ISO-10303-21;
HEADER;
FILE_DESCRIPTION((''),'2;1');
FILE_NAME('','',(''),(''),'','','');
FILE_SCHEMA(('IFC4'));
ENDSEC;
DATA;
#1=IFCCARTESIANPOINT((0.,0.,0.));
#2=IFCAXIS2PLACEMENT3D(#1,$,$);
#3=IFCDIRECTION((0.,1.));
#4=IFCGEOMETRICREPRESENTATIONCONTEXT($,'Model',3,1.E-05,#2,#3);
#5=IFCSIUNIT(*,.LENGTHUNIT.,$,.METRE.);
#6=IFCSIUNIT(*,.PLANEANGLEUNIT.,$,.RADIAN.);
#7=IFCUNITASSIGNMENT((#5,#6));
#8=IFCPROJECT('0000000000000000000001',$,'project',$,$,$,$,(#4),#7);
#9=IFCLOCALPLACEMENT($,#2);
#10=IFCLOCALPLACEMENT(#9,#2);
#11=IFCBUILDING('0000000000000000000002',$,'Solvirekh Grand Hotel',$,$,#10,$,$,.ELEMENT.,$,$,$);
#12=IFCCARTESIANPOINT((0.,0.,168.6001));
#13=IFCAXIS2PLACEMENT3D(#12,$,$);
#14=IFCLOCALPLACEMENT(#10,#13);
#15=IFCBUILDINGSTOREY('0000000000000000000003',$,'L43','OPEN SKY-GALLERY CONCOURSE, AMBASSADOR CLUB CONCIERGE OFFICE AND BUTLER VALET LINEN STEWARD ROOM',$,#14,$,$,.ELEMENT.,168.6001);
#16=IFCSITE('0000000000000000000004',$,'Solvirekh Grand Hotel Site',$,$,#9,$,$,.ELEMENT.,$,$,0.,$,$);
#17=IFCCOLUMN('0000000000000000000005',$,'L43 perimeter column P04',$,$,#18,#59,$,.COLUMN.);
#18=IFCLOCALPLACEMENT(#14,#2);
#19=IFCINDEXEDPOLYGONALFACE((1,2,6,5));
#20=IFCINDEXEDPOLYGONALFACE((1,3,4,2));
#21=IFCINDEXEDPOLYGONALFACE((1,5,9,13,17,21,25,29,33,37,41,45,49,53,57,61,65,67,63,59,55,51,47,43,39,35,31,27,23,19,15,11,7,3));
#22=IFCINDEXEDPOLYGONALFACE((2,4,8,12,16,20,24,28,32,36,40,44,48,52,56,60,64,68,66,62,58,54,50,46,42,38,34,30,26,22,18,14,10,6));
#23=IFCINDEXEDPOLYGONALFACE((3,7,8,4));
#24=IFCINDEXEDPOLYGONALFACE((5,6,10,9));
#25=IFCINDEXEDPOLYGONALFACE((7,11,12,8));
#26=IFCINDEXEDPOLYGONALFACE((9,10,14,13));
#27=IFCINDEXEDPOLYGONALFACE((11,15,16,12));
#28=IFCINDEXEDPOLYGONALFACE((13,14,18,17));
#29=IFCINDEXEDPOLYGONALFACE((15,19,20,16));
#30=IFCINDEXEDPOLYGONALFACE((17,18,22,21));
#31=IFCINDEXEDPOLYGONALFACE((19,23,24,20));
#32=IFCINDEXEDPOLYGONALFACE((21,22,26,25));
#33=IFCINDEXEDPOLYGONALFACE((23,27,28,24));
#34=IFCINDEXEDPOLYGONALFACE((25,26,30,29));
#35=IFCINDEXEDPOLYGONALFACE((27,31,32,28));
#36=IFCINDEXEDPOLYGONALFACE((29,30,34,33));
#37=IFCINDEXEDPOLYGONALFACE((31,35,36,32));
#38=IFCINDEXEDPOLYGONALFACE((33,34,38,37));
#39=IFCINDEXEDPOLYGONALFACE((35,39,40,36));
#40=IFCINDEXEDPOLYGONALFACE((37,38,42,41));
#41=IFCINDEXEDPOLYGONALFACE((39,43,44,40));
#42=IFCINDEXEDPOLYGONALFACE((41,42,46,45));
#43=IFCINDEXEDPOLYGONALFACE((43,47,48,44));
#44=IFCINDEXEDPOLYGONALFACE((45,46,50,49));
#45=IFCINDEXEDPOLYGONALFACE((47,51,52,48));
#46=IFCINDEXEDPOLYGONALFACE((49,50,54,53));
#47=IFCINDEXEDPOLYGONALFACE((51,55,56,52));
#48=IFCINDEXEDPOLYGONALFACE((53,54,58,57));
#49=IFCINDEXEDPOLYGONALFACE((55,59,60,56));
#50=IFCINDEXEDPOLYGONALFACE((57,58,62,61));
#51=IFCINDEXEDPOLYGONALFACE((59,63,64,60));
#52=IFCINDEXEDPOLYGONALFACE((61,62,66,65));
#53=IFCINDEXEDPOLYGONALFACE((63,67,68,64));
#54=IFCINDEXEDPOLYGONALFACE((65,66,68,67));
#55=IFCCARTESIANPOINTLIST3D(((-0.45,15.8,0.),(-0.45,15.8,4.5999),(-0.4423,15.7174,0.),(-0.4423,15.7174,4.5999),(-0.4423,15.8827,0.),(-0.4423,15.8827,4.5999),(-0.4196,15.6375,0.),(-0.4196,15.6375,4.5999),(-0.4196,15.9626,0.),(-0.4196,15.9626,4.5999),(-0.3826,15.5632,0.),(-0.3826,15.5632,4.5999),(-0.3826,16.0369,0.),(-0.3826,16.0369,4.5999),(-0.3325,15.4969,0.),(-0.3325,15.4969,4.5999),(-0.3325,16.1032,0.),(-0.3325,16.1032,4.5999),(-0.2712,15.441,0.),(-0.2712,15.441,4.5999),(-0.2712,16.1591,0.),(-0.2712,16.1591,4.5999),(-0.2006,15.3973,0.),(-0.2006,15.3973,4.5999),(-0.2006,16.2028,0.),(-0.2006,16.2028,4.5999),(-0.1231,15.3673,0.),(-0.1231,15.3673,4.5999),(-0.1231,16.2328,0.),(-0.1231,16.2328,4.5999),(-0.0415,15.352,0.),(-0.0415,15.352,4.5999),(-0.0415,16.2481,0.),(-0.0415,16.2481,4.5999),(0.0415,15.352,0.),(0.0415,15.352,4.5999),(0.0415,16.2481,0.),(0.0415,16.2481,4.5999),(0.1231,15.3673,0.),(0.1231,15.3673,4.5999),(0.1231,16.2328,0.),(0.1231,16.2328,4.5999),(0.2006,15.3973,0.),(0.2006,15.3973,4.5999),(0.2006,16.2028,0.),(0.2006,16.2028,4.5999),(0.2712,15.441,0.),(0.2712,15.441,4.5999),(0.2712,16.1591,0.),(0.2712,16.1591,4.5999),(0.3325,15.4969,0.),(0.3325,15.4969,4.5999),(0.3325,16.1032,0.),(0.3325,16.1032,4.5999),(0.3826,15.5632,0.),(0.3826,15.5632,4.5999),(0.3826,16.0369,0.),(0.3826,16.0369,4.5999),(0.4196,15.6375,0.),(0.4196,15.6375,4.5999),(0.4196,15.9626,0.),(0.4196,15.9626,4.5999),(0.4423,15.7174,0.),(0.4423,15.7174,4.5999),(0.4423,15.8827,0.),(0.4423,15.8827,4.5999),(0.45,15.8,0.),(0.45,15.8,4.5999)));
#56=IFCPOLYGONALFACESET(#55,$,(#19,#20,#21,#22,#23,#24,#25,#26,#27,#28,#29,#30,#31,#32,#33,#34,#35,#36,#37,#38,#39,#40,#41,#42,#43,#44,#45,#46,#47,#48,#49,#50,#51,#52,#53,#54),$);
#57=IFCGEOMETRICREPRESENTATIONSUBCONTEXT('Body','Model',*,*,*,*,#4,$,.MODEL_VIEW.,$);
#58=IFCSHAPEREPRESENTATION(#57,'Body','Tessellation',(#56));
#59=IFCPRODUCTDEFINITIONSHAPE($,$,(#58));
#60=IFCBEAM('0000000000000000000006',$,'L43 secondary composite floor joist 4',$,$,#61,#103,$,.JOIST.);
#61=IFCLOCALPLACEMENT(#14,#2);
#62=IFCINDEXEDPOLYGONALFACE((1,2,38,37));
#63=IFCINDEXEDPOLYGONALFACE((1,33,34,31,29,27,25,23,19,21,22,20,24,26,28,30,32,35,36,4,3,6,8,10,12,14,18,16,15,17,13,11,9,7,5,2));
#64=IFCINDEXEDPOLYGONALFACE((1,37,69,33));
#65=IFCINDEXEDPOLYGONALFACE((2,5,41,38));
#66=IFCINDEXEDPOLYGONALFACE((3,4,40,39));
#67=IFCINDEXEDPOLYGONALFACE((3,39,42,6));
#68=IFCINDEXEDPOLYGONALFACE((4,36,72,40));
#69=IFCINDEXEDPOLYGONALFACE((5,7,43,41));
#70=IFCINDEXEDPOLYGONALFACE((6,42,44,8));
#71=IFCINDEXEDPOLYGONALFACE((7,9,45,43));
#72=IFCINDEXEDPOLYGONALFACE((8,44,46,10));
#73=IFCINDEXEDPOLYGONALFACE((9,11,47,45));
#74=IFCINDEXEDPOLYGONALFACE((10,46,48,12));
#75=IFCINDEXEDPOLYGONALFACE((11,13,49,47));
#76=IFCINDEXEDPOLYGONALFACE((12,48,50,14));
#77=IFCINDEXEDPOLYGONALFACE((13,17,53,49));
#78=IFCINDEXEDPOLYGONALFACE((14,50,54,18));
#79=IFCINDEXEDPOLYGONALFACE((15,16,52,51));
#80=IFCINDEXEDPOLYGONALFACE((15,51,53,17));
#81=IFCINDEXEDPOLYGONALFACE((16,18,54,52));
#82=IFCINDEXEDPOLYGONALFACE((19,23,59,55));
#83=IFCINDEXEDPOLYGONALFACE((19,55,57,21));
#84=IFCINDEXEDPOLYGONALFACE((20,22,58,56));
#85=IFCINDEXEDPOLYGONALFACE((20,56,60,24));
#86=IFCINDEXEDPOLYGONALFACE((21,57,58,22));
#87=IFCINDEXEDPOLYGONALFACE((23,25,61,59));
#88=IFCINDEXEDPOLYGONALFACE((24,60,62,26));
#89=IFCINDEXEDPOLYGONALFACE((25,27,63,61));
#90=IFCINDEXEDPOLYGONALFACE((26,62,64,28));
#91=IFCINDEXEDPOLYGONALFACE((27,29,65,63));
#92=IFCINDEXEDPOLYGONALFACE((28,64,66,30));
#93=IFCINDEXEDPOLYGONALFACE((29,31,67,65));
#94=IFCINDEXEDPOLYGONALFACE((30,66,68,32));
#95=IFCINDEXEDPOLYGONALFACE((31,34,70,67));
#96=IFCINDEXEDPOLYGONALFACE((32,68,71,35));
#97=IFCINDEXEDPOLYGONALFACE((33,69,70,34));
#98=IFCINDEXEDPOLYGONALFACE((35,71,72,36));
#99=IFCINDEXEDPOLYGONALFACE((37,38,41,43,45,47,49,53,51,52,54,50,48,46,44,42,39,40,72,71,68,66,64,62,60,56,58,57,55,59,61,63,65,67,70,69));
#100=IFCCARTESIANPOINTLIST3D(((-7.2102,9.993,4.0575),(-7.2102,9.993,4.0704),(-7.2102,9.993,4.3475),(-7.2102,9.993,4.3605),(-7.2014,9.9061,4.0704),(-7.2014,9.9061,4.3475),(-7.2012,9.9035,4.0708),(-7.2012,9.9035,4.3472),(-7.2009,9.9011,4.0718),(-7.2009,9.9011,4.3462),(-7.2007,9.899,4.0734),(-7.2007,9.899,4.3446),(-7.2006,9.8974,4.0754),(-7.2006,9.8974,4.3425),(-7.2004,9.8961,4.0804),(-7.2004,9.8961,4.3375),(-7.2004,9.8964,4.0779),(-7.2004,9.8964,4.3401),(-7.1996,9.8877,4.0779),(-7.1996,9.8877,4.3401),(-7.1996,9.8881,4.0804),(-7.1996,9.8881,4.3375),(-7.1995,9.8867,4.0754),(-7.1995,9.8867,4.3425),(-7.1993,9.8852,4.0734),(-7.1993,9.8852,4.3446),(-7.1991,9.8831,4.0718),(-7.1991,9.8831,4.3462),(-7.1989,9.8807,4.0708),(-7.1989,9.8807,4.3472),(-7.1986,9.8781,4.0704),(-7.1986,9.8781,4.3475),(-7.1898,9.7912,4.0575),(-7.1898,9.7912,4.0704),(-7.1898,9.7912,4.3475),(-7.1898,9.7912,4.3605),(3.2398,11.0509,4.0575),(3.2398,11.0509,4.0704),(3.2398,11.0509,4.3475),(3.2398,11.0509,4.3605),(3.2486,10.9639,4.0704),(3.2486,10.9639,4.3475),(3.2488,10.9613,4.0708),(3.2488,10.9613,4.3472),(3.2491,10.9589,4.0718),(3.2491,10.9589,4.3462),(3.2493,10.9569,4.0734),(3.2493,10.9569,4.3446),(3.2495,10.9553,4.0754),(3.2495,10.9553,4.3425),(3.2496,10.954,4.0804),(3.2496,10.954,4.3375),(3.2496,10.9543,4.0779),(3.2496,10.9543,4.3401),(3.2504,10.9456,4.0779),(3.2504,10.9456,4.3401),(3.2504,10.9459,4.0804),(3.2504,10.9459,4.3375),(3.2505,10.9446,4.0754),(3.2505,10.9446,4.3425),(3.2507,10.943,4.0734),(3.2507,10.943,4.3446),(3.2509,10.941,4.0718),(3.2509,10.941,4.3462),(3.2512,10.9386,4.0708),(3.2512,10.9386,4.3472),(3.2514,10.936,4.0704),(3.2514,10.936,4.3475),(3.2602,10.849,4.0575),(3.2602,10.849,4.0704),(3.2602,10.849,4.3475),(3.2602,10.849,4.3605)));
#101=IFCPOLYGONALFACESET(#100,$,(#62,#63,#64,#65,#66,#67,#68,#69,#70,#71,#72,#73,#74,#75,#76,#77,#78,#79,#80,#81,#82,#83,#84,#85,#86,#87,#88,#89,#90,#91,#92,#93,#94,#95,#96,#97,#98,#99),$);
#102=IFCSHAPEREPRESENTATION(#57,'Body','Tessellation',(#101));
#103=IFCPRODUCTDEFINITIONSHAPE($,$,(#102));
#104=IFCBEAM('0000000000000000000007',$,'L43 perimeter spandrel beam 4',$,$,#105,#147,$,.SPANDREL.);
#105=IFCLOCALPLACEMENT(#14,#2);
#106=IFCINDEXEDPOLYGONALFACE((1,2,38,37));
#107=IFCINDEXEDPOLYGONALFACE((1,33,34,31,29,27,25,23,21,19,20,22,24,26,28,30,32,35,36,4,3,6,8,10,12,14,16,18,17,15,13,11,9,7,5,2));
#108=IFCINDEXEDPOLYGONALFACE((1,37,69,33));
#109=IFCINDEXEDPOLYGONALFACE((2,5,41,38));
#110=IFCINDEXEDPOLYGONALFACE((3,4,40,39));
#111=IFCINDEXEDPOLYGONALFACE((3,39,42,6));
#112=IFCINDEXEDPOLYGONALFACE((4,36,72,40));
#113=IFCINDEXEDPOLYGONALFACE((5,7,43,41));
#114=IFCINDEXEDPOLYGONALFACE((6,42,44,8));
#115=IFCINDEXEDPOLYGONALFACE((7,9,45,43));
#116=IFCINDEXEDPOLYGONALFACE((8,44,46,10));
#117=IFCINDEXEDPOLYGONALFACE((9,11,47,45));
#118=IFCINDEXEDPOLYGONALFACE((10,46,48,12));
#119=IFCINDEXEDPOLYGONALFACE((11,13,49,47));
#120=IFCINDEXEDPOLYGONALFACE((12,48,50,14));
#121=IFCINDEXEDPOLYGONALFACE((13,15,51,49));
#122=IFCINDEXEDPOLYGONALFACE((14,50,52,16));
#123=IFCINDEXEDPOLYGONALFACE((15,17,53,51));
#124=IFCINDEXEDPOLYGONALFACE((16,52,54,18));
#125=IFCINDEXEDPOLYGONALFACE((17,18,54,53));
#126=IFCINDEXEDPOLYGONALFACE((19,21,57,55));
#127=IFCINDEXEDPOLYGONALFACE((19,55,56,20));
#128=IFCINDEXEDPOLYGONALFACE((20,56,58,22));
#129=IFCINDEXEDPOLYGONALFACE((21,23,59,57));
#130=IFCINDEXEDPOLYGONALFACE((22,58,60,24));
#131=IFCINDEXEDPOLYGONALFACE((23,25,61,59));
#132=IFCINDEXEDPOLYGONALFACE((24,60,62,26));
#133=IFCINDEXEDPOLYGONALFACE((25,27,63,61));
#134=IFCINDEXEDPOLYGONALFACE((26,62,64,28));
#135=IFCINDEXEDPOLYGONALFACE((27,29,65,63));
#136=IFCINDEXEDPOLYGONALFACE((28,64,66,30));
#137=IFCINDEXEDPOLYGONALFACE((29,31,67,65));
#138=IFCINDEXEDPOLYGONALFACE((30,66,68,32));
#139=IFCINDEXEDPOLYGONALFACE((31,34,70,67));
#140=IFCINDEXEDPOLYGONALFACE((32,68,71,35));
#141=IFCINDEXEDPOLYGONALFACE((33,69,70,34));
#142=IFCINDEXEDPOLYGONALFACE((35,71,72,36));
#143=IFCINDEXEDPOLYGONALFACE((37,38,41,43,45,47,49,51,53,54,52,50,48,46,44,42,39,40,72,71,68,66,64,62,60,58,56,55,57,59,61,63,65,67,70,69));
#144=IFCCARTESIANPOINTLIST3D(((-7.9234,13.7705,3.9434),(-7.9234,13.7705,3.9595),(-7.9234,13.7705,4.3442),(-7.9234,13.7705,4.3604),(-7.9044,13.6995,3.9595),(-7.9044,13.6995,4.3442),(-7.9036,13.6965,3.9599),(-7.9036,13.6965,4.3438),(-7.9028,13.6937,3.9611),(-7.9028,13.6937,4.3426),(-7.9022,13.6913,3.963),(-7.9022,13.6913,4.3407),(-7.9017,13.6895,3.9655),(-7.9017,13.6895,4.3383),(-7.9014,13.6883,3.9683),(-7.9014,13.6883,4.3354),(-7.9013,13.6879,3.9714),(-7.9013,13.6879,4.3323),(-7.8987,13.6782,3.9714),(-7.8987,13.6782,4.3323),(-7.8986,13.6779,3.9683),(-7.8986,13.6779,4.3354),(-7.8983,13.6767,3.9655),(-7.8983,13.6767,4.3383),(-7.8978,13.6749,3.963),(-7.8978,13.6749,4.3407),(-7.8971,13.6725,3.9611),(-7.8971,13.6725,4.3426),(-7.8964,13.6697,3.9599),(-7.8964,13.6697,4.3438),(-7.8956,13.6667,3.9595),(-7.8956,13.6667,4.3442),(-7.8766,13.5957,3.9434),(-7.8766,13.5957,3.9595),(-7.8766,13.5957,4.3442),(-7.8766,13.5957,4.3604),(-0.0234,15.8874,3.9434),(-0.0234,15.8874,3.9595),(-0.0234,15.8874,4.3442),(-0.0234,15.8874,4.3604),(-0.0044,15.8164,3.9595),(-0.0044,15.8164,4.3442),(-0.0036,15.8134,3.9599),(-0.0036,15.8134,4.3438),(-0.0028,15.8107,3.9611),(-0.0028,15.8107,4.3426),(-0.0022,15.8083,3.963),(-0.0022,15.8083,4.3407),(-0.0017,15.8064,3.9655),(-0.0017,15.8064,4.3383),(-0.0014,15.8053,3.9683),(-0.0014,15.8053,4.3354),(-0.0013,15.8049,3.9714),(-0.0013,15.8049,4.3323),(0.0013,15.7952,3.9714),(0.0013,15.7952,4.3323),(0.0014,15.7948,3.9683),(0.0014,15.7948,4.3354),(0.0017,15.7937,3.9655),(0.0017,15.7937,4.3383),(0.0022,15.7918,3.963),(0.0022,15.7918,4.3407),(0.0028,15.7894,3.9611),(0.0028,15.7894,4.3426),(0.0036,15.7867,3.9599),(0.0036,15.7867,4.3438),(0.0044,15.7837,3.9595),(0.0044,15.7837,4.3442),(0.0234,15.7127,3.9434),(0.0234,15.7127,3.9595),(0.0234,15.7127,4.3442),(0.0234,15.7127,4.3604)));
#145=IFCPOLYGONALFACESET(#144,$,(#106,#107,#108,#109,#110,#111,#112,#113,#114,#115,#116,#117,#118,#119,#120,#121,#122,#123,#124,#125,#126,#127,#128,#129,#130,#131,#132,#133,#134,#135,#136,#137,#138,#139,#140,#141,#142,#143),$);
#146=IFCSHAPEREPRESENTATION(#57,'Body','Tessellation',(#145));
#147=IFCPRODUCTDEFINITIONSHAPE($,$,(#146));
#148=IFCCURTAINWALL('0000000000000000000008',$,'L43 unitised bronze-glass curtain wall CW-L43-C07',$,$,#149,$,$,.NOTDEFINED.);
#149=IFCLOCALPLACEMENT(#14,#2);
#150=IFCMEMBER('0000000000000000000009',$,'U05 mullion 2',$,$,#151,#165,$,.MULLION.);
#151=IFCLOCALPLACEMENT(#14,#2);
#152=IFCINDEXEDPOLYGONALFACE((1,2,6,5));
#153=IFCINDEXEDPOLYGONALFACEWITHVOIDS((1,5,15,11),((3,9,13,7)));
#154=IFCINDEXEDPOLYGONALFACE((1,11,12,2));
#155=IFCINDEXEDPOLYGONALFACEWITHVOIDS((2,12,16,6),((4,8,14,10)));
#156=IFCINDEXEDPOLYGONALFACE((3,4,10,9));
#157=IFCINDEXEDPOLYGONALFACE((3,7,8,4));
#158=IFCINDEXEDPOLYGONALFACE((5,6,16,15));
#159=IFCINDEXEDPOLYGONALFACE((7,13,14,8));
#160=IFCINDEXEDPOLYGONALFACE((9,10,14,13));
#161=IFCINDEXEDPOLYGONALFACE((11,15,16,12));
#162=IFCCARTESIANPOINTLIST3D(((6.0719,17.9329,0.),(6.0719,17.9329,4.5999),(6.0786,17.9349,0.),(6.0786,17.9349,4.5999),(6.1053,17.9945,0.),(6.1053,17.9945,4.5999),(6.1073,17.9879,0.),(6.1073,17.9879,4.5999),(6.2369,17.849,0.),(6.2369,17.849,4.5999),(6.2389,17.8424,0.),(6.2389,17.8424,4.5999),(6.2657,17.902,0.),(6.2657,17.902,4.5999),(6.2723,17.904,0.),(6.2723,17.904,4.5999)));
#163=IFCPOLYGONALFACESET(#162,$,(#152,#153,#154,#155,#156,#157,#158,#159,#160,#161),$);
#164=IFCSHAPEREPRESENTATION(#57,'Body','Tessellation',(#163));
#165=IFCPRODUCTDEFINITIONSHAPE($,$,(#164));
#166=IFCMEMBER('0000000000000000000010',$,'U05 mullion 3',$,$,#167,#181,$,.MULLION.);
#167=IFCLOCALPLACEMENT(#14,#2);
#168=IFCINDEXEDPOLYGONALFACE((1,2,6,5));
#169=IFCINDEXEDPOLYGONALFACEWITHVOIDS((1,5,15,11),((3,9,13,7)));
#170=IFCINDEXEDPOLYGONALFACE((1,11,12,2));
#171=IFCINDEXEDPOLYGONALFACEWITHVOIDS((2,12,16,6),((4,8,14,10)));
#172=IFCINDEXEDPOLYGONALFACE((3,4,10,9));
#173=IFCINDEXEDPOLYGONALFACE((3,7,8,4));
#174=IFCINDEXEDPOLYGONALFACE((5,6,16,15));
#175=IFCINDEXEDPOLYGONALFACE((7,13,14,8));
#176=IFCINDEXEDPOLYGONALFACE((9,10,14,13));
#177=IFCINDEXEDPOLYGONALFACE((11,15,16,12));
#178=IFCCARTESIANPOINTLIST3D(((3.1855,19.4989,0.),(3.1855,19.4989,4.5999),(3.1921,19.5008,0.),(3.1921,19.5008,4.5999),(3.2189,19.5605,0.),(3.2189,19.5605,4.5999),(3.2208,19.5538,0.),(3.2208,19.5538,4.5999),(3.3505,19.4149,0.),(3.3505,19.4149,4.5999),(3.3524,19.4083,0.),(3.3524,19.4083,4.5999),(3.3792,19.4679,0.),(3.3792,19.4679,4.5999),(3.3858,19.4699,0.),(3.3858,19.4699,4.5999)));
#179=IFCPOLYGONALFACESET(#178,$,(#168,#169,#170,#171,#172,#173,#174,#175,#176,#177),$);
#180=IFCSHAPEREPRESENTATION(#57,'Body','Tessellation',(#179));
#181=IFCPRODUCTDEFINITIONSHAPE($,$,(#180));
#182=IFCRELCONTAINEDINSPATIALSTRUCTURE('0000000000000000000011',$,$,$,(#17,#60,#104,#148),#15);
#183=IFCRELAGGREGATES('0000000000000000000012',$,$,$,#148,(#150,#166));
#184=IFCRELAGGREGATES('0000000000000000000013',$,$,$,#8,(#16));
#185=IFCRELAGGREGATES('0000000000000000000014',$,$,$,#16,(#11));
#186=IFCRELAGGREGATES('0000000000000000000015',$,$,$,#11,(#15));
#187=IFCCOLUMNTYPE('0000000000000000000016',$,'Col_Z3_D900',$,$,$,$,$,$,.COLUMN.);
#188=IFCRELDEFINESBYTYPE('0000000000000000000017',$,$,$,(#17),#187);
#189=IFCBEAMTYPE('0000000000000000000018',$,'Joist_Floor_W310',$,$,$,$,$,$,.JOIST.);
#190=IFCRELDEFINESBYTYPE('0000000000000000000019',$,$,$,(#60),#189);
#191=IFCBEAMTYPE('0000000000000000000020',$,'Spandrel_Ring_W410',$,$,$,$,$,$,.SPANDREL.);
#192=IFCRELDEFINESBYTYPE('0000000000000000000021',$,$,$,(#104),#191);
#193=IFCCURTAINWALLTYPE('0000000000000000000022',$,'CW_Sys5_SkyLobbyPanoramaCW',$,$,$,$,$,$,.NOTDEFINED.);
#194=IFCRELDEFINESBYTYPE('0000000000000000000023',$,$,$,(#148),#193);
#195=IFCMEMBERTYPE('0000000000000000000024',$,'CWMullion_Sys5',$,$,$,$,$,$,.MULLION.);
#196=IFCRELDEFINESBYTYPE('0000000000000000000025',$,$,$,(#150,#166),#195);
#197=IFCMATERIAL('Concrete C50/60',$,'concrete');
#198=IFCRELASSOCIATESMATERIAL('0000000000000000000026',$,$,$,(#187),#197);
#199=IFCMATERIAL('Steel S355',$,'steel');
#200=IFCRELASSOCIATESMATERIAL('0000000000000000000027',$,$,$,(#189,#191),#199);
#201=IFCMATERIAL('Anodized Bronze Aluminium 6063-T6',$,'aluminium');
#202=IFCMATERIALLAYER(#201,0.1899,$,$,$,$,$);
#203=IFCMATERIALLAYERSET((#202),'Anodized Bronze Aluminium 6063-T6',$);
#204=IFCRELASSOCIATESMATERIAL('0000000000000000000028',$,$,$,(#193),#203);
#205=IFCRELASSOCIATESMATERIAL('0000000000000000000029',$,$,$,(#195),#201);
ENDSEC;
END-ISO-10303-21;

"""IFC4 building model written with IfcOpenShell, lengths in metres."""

from ifc_helpers import new_model, si_unit, direction, frame, origin, origin_2d, place, context, subcontext, project, spatial, hollow_rectangle, circle, i_section, extrude, source, transform, mapped, material, layer, layer_set, material_profile, profile_set, type_object, element, aggregate, save


model = new_model("IFC4")

# Units and contexts
model_context = context("Model", 3, precision=1e-05, world=origin(), true_north=direction((0.0, 1.0)))
body_context = subcontext(model_context, "Body", "Model", "MODEL_VIEW")
ifc_project = project(units=[si_unit("LENGTHUNIT", "METRE"), si_unit("PLANEANGLEUNIT", "RADIAN")], contexts=[model_context])

# Site, building, storey
site_placement = place(None, origin())
site = spatial("IfcSite", under=ifc_project, at=site_placement, Name="Solvirekh Grand Hotel Site", CompositionType="ELEMENT", RefElevation=0.0)
building_placement = place(site_placement, origin())
building = spatial("IfcBuilding", under=site, at=building_placement, Name="Solvirekh Grand Hotel", CompositionType="ELEMENT")
storey_placement = place(building_placement, frame((0.0, 0.0, 168.6001)))
storey = spatial("IfcBuildingStorey", under=building, at=storey_placement, Name="L43", Description="OPEN SKY-GALLERY CONCOURSE, AMBASSADOR CLUB CONCIERGE OFFICE AND BUTLER VALET LINEN STEWARD ROOM", CompositionType="ELEMENT", Elevation=168.6001)

# Column
ifc_material_1 = material(Name="Concrete C50/60", Category="concrete")
ifc_material_profile_1 = material_profile(ifc_material_1, circle(Radius=0.45, at=origin_2d()), Name="RC CIRC D900")
ifc_profile_set_1 = profile_set([ifc_material_profile_1], Name="Concrete C50/60")
column_type = type_object("IfcColumnType", Name="Col_Z3_D900", PredefinedType="COLUMN", material=ifc_profile_set_1)
column_placement = place(storey_placement, frame((0.0, 15.8, 0.0), z_axis=(0.0, 0.0, 1.0), x_axis=(1.0, 0.0, 0.0)))
element("IfcColumn", 1, at=column_placement, inside=storey, type_object=column_type, Name="L43 perimeter column P04", PredefinedType="COLUMN", context=body_context, shape_type="SweptSolid", body=[
    extrude(circle(Radius=0.45, at=origin_2d()), origin(), (0.0, 0.0, 1.0), 4.5999),
])

# Beams
ifc_material_2 = material(Name="Steel S355", Category="steel")
ifc_material_profile_2 = material_profile(ifc_material_2, i_section(OverallWidth=0.2029, OverallDepth=0.303, WebThickness=0.0081, FlangeThickness=0.0129, FilletRadius=0.01, at=origin_2d()), Name="W310X60")
ifc_profile_set_2 = profile_set([ifc_material_profile_2], Name="Steel S355")
beam_type_1 = type_object("IfcBeamType", Name="Joist_Floor_W310", PredefinedType="JOIST", material=ifc_profile_set_2)
beam_1_placement = place(storey_placement, frame((3.25, 10.95, 4.209), z_axis=(-0.994915, -0.100716, 0.0), x_axis=(0.100716, -0.994915, 0.0)))
element("IfcBeam", 2, at=beam_1_placement, inside=storey, type_object=beam_type_1, Name="L43 secondary composite floor joist 4", PredefinedType="JOIST", context=body_context, shape_type="SweptSolid", body=[
    extrude(i_section(OverallWidth=0.2029, OverallDepth=0.303, WebThickness=0.0081, FlangeThickness=0.0129, FilletRadius=0.01, at=origin_2d()), origin(), (0.0, 0.0, 1.0), 10.5034),
])
ifc_material_profile_3 = material_profile(ifc_material_2, i_section(OverallWidth=0.1809, OverallDepth=0.417, WebThickness=0.01, FlangeThickness=0.0161, FilletRadius=0.012, at=origin_2d()), Name="W410X85")
ifc_profile_set_3 = profile_set([ifc_material_profile_3], Name="Steel S355")
beam_type_2 = type_object("IfcBeamType", Name="Spandrel_Ring_W410", PredefinedType="SPANDREL", material=ifc_profile_set_3)
beam_2_placement = place(storey_placement, frame((0.0, 15.8, 4.1519), z_axis=(-0.965921, -0.258839, 0.0), x_axis=(0.258839, -0.965921, 0.0)))
element("IfcBeam", 3, at=beam_2_placement, inside=storey, type_object=beam_type_2, Name="L43 perimeter spandrel beam 4", PredefinedType="SPANDREL", context=body_context, shape_type="SweptSolid", body=[
    extrude(i_section(OverallWidth=0.1809, OverallDepth=0.417, WebThickness=0.01, FlangeThickness=0.0161, FilletRadius=0.012, at=origin_2d()), origin(), (0.0, 0.0, 1.0), 8.1787),
])

# Curtain wall, members
ifc_material_3 = material(Name="Anodized Bronze Aluminium 6063-T6", Category="aluminium")
ifc_layer_1 = layer(ifc_material_3, 0.1899)
ifc_layer_set_1 = layer_set([ifc_layer_1], Name="Anodized Bronze Aluminium 6063-T6")
curtain_wall_type = type_object("IfcCurtainWallType", Name="CW_Sys5_SkyLobbyPanoramaCW", PredefinedType="NOTDEFINED", material=ifc_layer_set_1)
curtain_wall_1_placement = place(storey_placement, origin())
curtain_wall_1 = element("IfcCurtainWall", 4, at=curtain_wall_1_placement, inside=storey, type_object=curtain_wall_type, Name="L43 unitised bronze-glass curtain wall CW-L43-C07", PredefinedType="NOTDEFINED")
ifc_material_profile_4 = material_profile(ifc_material_3, hollow_rectangle(XDim=0.0701, YDim=0.1899, WallThickness=0.0049, at=origin_2d()), Name="ALU RHS 190X70X5")
ifc_profile_set_4 = profile_set([ifc_material_profile_4], Name="Anodized Bronze Aluminium 6063-T6")
member_type_1 = type_object("IfcMemberType", Name="CWMullion_Sys5", PredefinedType="MULLION", material=ifc_profile_set_4)
shared_shape_1 = source(origin(), body_context, "Body", "SweptSolid", [
    extrude(hollow_rectangle(XDim=0.0701, YDim=0.1899, WallThickness=0.0049, at=origin_2d()), origin(), (0.0, 0.0, 1.0), 4.5999),
])
member_1_placement = place(storey_placement, frame((6.1721, 17.9185, 0.0), z_axis=(0.0, 0.0, 1.0), x_axis=(-0.476856, -0.878982, 0.0)))
member_1 = element("IfcMember", 5, at=member_1_placement, type_object=member_type_1, Name="U05 mullion 2", PredefinedType="MULLION", context=body_context, shape_type="MappedRepresentation", body=[
    mapped(shared_shape_1, transform((0.0, 0.0, 0.0), x_axis=(1.0, 0.0, 0.0), y_axis=(0.0, 1.0, 0.0), z_axis=(0.0, 0.0, 1.0), scale=1.0)),
])
member_2_placement = place(storey_placement, frame((3.2856, 19.4844, 0.0), z_axis=(0.0, 0.0, 1.0), x_axis=(-0.476856, -0.878982, 0.0)))
member_2 = element("IfcMember", 6, at=member_2_placement, type_object=member_type_1, Name="U05 mullion 3", PredefinedType="MULLION", context=body_context, shape_type="MappedRepresentation", body=[
    mapped(shared_shape_1, transform((0.0, 0.0, 0.0), x_axis=(1.0, 0.0, 0.0), y_axis=(0.0, 1.0, 0.0), z_axis=(0.0, 0.0, 1.0), scale=1.0)),
])

aggregate(curtain_wall_1, [member_1, member_2])

save(model, "model.ifc")
